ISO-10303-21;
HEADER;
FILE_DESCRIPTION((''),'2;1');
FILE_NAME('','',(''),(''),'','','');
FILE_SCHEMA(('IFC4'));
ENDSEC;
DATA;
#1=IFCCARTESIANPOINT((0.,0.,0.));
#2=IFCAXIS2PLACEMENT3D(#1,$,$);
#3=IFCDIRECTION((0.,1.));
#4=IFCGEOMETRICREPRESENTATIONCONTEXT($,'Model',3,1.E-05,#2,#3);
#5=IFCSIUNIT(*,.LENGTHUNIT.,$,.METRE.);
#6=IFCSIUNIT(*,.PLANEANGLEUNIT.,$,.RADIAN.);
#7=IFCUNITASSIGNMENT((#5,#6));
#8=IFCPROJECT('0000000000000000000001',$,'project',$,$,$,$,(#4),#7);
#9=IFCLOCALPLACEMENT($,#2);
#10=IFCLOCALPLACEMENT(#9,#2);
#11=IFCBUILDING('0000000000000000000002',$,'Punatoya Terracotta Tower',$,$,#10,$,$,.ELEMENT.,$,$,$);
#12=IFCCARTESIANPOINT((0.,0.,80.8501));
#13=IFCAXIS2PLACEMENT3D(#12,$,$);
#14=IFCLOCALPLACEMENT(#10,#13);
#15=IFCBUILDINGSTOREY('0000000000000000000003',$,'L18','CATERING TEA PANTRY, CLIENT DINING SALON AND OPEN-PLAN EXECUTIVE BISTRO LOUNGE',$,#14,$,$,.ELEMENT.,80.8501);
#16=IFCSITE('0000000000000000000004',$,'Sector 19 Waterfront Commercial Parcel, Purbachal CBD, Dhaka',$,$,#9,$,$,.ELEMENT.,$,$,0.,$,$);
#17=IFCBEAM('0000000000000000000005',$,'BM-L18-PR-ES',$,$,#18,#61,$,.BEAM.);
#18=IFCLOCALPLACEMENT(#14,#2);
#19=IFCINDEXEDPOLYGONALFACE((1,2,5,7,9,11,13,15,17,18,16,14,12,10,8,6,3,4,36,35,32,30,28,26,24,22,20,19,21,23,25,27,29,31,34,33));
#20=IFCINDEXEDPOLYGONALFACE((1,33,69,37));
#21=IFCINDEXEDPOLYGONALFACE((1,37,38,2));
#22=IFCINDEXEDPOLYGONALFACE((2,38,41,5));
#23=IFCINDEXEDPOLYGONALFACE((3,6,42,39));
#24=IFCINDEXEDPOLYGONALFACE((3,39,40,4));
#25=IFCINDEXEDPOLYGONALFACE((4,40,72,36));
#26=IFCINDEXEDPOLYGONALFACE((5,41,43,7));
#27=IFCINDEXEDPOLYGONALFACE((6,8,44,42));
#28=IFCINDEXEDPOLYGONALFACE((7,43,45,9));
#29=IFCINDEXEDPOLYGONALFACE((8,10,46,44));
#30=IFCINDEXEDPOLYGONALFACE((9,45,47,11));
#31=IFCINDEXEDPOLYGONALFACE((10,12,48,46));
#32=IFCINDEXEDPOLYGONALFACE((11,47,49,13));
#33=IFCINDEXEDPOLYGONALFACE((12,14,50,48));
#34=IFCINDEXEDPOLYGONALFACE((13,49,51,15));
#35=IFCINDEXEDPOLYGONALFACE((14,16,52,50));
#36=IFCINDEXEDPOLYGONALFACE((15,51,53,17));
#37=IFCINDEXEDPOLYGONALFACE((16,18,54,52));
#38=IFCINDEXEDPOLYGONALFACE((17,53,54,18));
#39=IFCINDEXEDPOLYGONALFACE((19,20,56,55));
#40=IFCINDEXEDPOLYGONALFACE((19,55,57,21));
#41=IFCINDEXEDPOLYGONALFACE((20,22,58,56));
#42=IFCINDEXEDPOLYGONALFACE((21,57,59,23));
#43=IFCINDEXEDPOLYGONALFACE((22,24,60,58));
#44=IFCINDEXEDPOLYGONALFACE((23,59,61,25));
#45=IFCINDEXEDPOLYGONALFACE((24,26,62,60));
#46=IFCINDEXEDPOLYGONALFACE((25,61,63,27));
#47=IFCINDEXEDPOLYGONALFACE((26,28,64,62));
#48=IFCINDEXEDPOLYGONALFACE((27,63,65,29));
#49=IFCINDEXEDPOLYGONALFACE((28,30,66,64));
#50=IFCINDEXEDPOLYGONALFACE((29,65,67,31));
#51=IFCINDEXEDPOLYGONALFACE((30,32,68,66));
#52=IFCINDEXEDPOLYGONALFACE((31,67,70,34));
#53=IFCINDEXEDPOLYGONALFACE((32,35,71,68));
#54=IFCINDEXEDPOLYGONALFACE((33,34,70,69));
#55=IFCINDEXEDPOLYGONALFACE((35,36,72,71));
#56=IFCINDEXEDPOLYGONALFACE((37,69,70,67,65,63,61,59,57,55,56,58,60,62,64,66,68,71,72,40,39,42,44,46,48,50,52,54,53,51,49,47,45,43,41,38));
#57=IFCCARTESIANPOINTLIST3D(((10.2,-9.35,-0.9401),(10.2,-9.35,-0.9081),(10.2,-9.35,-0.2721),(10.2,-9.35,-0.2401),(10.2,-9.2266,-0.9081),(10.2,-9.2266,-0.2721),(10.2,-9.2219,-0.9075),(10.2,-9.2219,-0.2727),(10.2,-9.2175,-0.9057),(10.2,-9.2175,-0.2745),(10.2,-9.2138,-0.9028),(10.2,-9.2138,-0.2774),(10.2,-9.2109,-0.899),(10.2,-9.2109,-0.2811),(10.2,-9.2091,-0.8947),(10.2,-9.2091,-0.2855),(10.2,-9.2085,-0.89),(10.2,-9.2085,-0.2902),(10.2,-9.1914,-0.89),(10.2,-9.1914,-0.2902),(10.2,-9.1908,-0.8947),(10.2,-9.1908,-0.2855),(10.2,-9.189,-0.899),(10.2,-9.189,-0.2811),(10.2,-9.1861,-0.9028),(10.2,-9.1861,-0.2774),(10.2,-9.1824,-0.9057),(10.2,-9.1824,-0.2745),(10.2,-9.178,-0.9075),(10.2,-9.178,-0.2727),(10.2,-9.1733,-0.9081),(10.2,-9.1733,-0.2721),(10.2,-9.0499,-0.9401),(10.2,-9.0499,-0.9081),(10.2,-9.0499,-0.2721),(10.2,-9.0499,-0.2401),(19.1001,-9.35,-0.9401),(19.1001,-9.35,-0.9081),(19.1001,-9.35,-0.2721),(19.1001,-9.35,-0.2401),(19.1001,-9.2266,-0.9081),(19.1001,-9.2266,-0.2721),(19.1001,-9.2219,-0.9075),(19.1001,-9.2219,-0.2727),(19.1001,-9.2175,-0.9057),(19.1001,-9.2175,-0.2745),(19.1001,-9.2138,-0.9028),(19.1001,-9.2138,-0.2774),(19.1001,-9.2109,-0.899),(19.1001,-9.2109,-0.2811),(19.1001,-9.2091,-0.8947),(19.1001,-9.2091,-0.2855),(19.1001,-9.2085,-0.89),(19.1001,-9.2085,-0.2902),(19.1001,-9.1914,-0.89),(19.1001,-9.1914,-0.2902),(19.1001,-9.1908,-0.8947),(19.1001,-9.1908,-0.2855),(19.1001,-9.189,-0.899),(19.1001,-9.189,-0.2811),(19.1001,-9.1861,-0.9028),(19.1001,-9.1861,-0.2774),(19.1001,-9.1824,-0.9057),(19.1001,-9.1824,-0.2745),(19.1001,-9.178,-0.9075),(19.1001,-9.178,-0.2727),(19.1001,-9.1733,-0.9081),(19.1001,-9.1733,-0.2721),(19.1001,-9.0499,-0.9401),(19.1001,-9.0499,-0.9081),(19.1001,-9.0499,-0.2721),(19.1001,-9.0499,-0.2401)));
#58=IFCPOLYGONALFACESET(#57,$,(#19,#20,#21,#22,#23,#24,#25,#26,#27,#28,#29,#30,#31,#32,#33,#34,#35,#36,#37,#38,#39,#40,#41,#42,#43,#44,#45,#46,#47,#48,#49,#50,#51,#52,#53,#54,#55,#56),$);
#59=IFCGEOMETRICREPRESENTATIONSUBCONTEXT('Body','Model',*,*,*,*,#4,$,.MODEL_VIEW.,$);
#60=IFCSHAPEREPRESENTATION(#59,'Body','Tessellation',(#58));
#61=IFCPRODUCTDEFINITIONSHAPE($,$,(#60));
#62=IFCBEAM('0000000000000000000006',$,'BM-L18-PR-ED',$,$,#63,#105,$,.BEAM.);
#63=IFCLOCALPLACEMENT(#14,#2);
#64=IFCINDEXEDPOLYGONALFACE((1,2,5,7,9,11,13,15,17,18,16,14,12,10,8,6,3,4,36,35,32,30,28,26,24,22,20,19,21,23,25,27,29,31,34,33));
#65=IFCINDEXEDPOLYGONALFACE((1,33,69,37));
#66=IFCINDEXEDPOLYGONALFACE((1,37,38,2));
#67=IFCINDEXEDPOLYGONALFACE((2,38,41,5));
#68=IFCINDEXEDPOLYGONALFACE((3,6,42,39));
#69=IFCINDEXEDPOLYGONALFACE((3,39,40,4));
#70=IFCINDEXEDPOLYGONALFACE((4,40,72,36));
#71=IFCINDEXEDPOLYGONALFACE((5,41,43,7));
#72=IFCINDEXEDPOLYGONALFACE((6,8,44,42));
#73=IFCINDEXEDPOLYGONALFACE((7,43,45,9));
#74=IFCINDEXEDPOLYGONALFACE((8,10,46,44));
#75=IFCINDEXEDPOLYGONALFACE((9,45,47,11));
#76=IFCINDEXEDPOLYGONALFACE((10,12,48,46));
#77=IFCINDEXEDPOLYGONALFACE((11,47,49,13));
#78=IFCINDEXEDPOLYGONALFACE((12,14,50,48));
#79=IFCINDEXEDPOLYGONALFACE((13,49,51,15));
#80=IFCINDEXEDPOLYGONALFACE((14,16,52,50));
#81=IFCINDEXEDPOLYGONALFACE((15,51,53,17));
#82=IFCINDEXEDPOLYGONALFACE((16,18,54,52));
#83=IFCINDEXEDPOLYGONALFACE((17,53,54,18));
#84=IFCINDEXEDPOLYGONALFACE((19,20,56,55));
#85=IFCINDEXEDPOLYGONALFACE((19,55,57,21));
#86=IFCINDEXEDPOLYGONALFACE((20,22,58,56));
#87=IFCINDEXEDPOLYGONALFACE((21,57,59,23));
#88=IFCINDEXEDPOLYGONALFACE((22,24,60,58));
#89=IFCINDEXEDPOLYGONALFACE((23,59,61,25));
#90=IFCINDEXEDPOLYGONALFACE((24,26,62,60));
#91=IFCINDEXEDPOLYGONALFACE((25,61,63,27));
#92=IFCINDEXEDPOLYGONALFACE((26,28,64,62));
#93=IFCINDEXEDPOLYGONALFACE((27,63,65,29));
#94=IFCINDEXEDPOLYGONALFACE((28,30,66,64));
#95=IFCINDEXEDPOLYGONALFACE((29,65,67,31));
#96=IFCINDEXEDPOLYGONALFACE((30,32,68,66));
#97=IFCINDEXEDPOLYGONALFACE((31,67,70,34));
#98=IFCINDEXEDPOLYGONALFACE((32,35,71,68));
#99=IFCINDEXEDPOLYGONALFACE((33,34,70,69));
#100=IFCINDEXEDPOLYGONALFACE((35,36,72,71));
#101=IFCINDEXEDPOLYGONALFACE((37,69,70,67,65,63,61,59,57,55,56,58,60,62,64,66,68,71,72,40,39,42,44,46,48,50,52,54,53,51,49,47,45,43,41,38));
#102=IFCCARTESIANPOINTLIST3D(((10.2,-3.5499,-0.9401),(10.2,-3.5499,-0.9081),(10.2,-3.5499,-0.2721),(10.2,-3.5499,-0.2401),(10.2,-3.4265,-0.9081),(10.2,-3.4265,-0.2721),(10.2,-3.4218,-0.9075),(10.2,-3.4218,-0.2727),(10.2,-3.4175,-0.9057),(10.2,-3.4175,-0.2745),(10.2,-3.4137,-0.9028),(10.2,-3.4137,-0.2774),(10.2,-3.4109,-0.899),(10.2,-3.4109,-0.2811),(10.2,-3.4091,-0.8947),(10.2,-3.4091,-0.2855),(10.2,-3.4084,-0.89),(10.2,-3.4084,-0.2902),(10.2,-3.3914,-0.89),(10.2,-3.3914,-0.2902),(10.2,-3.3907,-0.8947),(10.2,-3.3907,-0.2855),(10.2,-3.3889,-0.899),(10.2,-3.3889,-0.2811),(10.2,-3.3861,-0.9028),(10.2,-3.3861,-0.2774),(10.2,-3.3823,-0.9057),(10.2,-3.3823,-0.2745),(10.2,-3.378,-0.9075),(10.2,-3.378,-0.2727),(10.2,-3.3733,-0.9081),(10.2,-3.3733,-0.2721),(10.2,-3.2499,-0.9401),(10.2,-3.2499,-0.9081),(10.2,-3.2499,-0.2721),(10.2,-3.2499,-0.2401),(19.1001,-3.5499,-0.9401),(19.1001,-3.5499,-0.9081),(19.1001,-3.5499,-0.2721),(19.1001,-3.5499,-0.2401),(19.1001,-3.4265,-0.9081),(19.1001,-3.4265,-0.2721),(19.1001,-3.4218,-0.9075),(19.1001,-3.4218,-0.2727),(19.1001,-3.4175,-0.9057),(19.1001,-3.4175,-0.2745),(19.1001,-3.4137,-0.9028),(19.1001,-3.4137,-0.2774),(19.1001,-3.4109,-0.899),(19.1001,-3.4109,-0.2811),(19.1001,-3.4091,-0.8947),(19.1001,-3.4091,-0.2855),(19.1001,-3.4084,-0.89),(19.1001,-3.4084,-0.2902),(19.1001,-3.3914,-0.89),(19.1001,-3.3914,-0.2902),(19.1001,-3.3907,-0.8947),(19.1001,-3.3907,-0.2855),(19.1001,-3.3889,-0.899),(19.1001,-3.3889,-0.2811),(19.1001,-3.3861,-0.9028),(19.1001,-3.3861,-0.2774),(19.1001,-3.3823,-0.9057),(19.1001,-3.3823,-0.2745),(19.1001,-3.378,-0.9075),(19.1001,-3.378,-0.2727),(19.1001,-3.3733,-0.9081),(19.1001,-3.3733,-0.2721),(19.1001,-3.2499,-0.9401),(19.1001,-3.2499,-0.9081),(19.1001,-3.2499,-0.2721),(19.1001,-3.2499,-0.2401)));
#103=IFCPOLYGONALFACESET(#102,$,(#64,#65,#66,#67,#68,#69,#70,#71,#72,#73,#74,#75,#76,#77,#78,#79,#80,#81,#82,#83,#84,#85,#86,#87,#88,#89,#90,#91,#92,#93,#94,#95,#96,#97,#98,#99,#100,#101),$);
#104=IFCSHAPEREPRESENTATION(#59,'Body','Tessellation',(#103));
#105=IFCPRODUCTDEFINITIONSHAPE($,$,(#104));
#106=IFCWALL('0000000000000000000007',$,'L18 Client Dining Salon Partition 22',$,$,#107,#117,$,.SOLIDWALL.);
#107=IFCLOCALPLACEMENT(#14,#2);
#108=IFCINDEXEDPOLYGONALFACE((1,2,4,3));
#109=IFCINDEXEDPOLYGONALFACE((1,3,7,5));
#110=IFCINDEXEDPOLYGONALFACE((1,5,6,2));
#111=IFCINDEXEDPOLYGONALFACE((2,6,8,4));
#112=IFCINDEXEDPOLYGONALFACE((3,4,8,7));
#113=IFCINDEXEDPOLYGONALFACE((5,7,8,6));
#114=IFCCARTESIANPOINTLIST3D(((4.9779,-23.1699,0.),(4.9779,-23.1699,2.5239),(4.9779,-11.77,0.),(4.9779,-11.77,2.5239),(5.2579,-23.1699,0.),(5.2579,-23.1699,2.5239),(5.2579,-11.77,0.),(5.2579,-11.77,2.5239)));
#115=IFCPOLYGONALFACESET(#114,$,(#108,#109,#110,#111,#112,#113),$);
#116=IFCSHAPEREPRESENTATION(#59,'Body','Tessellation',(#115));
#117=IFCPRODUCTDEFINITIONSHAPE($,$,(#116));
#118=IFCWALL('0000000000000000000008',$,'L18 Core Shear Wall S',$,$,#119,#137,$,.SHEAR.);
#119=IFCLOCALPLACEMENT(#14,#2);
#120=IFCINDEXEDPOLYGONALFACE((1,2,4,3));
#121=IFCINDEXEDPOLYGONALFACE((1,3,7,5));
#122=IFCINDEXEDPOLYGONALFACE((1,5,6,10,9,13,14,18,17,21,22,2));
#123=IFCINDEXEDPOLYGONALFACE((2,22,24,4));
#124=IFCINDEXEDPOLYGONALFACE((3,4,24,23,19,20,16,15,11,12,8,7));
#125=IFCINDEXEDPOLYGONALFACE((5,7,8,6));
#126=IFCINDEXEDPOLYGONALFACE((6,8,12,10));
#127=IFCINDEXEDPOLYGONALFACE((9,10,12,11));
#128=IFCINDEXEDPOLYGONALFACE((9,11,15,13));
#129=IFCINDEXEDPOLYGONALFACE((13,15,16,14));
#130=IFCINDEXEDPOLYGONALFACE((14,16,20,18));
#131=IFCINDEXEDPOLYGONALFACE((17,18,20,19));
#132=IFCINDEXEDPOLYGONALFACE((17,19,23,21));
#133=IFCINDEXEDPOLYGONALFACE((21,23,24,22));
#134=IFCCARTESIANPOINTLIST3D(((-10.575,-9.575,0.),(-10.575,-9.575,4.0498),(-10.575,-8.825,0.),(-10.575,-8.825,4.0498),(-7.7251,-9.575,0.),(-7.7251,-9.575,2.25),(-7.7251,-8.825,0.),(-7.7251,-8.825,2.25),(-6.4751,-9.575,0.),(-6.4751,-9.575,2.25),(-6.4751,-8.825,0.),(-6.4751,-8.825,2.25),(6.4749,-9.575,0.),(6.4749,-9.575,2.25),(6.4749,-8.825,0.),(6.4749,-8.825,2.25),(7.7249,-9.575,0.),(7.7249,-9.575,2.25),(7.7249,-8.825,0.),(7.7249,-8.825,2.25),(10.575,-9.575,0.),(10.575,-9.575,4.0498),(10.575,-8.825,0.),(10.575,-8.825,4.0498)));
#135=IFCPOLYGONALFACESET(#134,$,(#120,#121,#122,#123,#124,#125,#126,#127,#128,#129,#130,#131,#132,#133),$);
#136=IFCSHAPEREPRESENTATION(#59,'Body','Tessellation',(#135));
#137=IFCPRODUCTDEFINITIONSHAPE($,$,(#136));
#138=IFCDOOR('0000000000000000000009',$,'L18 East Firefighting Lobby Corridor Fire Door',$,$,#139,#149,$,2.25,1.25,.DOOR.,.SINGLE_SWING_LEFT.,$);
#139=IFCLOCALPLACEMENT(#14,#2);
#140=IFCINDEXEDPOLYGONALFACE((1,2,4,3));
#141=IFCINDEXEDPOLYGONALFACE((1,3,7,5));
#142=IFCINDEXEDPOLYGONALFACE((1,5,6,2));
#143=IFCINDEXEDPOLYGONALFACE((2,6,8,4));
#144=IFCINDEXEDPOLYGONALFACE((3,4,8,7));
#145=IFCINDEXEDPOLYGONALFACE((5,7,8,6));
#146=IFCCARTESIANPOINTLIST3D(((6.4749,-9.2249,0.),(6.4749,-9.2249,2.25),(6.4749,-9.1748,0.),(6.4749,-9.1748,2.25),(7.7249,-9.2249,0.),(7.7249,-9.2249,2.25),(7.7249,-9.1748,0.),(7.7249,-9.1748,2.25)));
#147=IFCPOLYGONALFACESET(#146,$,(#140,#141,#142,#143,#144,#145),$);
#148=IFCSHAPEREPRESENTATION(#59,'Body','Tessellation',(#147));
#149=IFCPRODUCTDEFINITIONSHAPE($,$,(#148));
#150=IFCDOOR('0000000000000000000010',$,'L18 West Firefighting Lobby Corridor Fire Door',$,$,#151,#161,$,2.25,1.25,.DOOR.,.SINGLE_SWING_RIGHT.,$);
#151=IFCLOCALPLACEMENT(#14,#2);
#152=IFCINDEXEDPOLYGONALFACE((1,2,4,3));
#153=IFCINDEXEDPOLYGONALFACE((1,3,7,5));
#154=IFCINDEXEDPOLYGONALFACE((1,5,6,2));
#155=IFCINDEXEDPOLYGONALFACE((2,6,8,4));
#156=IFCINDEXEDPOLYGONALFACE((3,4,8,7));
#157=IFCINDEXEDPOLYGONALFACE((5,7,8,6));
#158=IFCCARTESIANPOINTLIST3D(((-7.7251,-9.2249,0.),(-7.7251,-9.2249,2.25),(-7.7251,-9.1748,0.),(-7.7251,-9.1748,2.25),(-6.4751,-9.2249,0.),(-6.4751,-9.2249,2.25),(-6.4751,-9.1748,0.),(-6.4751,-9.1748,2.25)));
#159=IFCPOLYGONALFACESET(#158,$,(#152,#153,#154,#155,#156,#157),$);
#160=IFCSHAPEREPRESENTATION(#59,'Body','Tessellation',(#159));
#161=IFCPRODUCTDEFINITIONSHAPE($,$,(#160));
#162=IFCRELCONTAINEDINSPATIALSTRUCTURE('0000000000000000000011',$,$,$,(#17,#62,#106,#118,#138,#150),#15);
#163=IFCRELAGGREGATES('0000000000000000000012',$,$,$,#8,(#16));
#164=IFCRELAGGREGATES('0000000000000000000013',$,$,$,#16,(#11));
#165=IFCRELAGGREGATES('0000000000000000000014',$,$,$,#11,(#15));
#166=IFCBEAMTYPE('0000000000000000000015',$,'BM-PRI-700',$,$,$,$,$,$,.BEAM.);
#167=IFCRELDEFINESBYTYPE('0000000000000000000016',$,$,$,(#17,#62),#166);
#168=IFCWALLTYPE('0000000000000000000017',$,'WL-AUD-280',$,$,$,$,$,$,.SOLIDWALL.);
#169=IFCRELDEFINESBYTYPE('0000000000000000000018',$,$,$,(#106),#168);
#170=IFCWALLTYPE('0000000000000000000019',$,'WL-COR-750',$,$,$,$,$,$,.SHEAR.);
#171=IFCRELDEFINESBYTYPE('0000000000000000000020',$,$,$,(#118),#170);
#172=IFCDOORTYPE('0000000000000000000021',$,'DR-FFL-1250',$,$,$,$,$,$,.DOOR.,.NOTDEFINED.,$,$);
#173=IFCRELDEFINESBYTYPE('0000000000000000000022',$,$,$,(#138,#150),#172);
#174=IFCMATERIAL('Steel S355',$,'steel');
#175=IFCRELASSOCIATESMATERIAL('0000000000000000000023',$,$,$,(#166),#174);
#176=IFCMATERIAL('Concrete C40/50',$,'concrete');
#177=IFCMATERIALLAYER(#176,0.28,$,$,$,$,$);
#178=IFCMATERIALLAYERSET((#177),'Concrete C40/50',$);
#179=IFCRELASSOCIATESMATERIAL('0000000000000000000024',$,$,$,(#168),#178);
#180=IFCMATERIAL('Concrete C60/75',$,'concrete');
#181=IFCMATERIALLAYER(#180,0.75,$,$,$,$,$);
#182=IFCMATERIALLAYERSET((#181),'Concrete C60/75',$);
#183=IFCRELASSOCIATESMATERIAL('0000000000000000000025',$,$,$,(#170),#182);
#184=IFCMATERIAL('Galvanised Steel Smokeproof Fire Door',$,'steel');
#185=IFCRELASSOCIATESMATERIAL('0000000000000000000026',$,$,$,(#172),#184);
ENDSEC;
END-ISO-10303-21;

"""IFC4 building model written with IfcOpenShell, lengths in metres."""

from ifc_helpers import new_model, si_unit, direction, frame, frame_2d, origin, origin_2d, place, context, subcontext, project, spatial, rectangle, i_section, extrude, material, layer, layer_set, material_profile, profile_set, type_object, element, fill, save


model = new_model("IFC4")

# Units and contexts
model_context = context("Model", 3, precision=1e-05, world=origin(), true_north=direction((0.0, 1.0)))
body_context = subcontext(model_context, "Body", "Model", "MODEL_VIEW")
ifc_project = project(units=[si_unit("LENGTHUNIT", "METRE"), si_unit("PLANEANGLEUNIT", "RADIAN")], contexts=[model_context])

# Site, building, storey
site_placement = place(None, origin())
site = spatial("IfcSite", under=ifc_project, at=site_placement, Name="Sector 19 Waterfront Commercial Parcel, Purbachal CBD, Dhaka", CompositionType="ELEMENT", RefElevation=0.0)
building_placement = place(site_placement, origin())
building = spatial("IfcBuilding", under=site, at=building_placement, Name="Punatoya Terracotta Tower", CompositionType="ELEMENT")
storey_placement = place(building_placement, frame((0.0, 0.0, 80.8501)))
storey = spatial("IfcBuildingStorey", under=building, at=storey_placement, Name="L18", Description="CATERING TEA PANTRY, CLIENT DINING SALON AND OPEN-PLAN EXECUTIVE BISTRO LOUNGE", CompositionType="ELEMENT", Elevation=80.8501)

# Beams
ifc_material_1 = material(Name="Steel S355", Category="steel")
ifc_material_profile = material_profile(ifc_material_1, i_section(OverallWidth=0.3, OverallDepth=0.7, WebThickness=0.0171, FlangeThickness=0.032, FilletRadius=0.0181, at=origin_2d()))
ifc_profile_set = profile_set([ifc_material_profile], Name="Steel S355")
beam_type = type_object("IfcBeamType", Name="BM-PRI-700", PredefinedType="BEAM", material=ifc_profile_set)
for number, where, z_axis, x_axis, name in (
    (1, (10.2, -9.2, -0.5901), (1.0, 0.0, 0.0), (0.0, 1.0, 0.0), "BM-L18-PR-ES"),
    (2, (10.2, -3.3999, -0.5901), (1.0, 0.0, 0.0), (0.0, 1.0, 0.0), "BM-L18-PR-ED"),
):
    element("IfcBeam", number, at=place(storey_placement, frame(where, z_axis=z_axis, x_axis=x_axis)), inside=storey, type_object=beam_type, Name=name, PredefinedType="BEAM", context=body_context, shape_type="SweptSolid", body=[
        extrude(i_section(OverallWidth=0.3, OverallDepth=0.7, WebThickness=0.0171, FlangeThickness=0.032, FilletRadius=0.0181, at=origin_2d()), origin(), (0.0, 0.0, 1.0), 8.9001),
    ])

# Wall
ifc_material_2 = material(Name="Concrete C40/50", Category="concrete")
ifc_layer_1 = layer(ifc_material_2, 0.28)
ifc_layer_set_1 = layer_set([ifc_layer_1], Name="Concrete C40/50")
wall_type_1 = type_object("IfcWallType", Name="WL-AUD-280", PredefinedType="SOLIDWALL", material=ifc_layer_set_1)
wall_1_placement = place(storey_placement, frame((5.1179, -11.77, 0.0), z_axis=(0.0, 0.0, 1.0), x_axis=(0.0, -1.0, 0.0)))
element("IfcWall", 3, at=wall_1_placement, inside=storey, type_object=wall_type_1, Name="L18 Client Dining Salon Partition 22", PredefinedType="SOLIDWALL", context=body_context, shape_type="SweptSolid", body=[
    extrude(rectangle(XDim=11.3999, YDim=0.28, at=frame_2d((5.7, 0.0))), origin(), (0.0, 0.0, 1.0), 2.5239),
])

# Wall, openings, doors
ifc_material_3 = material(Name="Concrete C60/75", Category="concrete")
ifc_layer_2 = layer(ifc_material_3, 0.75)
ifc_layer_set_2 = layer_set([ifc_layer_2], Name="Concrete C60/75")
wall_type_2 = type_object("IfcWallType", Name="WL-COR-750", PredefinedType="SHEAR", material=ifc_layer_set_2)
wall_2_placement = place(storey_placement, frame((10.575, -9.2, 0.0), z_axis=(0.0, 0.0, 1.0), x_axis=(-1.0, 0.0, 0.0)))
wall_2 = element("IfcWall", 4, at=wall_2_placement, inside=storey, type_object=wall_type_2, Name="L18 Core Shear Wall S", PredefinedType="SHEAR", context=body_context, shape_type="SweptSolid", body=[
    extrude(rectangle(XDim=21.1499, YDim=0.75, at=frame_2d((10.575, 0.0))), origin(), (0.0, 0.0, 1.0), 4.0498),
])
opening_1_placement = place(wall_2_placement, frame((2.8501, 0.0, 0.0)))
opening_1 = element("IfcOpeningElement", 5, at=opening_1_placement, cuts=wall_2, PredefinedType="OPENING", context=body_context, shape_type="SweptSolid", body=[
    extrude(rectangle(XDim=1.25, YDim=2.25, at=frame_2d((0.625, 1.125))), frame((0.0, 0.385, 0.0), z_axis=(0.0, -1.0, 0.0), x_axis=(1.0, 0.0, 0.0)), (0.0, 0.0, 1.0), 0.77),
])
opening_2_placement = place(wall_2_placement, frame((17.05, 0.0, 0.0)))
opening_2 = element("IfcOpeningElement", 6, at=opening_2_placement, cuts=wall_2, PredefinedType="OPENING", context=body_context, shape_type="SweptSolid", body=[
    extrude(rectangle(XDim=1.25, YDim=2.25, at=frame_2d((0.625, 1.125))), frame((0.0, 0.385, 0.0), z_axis=(0.0, -1.0, 0.0), x_axis=(1.0, 0.0, 0.0)), (0.0, 0.0, 1.0), 0.77),
])
ifc_material_4 = material(Name="Galvanised Steel Smokeproof Fire Door", Category="steel")
door_type_1 = type_object("IfcDoorType", Name="DR-FFL-1250", OperationType="NOTDEFINED", PredefinedType="DOOR", material=ifc_material_4)
door_1_placement = place(opening_1_placement, origin())
door_1 = element("IfcDoor", 7, at=door_1_placement, inside=storey, type_object=door_type_1, Name="L18 East Firefighting Lobby Corridor Fire Door", OperationType="SINGLE_SWING_LEFT", OverallHeight=2.25, OverallWidth=1.25, PredefinedType="DOOR", context=body_context, shape_type="SweptSolid", body=[
    extrude(rectangle(XDim=1.25, YDim=2.25, at=frame_2d((0.625, 1.125))), frame((0.0, 0.0249, 0.0), z_axis=(0.0, -1.0, 0.0), x_axis=(1.0, 0.0, 0.0)), (0.0, 0.0, 1.0), 0.05),
])
fill(opening_1, door_1)
door_2_placement = place(opening_2_placement, origin())
door_2 = element("IfcDoor", 8, at=door_2_placement, inside=storey, type_object=door_type_1, Name="L18 West Firefighting Lobby Corridor Fire Door", OperationType="SINGLE_SWING_RIGHT", OverallHeight=2.25, OverallWidth=1.25, PredefinedType="DOOR", context=body_context, shape_type="SweptSolid", body=[
    extrude(rectangle(XDim=1.25, YDim=2.25, at=frame_2d((0.625, 1.125))), frame((0.0, 0.0249, 0.0), z_axis=(0.0, -1.0, 0.0), x_axis=(1.0, 0.0, 0.0)), (0.0, 0.0, 1.0), 0.05),
])
fill(opening_2, door_2)

save(model, "model.ifc")
